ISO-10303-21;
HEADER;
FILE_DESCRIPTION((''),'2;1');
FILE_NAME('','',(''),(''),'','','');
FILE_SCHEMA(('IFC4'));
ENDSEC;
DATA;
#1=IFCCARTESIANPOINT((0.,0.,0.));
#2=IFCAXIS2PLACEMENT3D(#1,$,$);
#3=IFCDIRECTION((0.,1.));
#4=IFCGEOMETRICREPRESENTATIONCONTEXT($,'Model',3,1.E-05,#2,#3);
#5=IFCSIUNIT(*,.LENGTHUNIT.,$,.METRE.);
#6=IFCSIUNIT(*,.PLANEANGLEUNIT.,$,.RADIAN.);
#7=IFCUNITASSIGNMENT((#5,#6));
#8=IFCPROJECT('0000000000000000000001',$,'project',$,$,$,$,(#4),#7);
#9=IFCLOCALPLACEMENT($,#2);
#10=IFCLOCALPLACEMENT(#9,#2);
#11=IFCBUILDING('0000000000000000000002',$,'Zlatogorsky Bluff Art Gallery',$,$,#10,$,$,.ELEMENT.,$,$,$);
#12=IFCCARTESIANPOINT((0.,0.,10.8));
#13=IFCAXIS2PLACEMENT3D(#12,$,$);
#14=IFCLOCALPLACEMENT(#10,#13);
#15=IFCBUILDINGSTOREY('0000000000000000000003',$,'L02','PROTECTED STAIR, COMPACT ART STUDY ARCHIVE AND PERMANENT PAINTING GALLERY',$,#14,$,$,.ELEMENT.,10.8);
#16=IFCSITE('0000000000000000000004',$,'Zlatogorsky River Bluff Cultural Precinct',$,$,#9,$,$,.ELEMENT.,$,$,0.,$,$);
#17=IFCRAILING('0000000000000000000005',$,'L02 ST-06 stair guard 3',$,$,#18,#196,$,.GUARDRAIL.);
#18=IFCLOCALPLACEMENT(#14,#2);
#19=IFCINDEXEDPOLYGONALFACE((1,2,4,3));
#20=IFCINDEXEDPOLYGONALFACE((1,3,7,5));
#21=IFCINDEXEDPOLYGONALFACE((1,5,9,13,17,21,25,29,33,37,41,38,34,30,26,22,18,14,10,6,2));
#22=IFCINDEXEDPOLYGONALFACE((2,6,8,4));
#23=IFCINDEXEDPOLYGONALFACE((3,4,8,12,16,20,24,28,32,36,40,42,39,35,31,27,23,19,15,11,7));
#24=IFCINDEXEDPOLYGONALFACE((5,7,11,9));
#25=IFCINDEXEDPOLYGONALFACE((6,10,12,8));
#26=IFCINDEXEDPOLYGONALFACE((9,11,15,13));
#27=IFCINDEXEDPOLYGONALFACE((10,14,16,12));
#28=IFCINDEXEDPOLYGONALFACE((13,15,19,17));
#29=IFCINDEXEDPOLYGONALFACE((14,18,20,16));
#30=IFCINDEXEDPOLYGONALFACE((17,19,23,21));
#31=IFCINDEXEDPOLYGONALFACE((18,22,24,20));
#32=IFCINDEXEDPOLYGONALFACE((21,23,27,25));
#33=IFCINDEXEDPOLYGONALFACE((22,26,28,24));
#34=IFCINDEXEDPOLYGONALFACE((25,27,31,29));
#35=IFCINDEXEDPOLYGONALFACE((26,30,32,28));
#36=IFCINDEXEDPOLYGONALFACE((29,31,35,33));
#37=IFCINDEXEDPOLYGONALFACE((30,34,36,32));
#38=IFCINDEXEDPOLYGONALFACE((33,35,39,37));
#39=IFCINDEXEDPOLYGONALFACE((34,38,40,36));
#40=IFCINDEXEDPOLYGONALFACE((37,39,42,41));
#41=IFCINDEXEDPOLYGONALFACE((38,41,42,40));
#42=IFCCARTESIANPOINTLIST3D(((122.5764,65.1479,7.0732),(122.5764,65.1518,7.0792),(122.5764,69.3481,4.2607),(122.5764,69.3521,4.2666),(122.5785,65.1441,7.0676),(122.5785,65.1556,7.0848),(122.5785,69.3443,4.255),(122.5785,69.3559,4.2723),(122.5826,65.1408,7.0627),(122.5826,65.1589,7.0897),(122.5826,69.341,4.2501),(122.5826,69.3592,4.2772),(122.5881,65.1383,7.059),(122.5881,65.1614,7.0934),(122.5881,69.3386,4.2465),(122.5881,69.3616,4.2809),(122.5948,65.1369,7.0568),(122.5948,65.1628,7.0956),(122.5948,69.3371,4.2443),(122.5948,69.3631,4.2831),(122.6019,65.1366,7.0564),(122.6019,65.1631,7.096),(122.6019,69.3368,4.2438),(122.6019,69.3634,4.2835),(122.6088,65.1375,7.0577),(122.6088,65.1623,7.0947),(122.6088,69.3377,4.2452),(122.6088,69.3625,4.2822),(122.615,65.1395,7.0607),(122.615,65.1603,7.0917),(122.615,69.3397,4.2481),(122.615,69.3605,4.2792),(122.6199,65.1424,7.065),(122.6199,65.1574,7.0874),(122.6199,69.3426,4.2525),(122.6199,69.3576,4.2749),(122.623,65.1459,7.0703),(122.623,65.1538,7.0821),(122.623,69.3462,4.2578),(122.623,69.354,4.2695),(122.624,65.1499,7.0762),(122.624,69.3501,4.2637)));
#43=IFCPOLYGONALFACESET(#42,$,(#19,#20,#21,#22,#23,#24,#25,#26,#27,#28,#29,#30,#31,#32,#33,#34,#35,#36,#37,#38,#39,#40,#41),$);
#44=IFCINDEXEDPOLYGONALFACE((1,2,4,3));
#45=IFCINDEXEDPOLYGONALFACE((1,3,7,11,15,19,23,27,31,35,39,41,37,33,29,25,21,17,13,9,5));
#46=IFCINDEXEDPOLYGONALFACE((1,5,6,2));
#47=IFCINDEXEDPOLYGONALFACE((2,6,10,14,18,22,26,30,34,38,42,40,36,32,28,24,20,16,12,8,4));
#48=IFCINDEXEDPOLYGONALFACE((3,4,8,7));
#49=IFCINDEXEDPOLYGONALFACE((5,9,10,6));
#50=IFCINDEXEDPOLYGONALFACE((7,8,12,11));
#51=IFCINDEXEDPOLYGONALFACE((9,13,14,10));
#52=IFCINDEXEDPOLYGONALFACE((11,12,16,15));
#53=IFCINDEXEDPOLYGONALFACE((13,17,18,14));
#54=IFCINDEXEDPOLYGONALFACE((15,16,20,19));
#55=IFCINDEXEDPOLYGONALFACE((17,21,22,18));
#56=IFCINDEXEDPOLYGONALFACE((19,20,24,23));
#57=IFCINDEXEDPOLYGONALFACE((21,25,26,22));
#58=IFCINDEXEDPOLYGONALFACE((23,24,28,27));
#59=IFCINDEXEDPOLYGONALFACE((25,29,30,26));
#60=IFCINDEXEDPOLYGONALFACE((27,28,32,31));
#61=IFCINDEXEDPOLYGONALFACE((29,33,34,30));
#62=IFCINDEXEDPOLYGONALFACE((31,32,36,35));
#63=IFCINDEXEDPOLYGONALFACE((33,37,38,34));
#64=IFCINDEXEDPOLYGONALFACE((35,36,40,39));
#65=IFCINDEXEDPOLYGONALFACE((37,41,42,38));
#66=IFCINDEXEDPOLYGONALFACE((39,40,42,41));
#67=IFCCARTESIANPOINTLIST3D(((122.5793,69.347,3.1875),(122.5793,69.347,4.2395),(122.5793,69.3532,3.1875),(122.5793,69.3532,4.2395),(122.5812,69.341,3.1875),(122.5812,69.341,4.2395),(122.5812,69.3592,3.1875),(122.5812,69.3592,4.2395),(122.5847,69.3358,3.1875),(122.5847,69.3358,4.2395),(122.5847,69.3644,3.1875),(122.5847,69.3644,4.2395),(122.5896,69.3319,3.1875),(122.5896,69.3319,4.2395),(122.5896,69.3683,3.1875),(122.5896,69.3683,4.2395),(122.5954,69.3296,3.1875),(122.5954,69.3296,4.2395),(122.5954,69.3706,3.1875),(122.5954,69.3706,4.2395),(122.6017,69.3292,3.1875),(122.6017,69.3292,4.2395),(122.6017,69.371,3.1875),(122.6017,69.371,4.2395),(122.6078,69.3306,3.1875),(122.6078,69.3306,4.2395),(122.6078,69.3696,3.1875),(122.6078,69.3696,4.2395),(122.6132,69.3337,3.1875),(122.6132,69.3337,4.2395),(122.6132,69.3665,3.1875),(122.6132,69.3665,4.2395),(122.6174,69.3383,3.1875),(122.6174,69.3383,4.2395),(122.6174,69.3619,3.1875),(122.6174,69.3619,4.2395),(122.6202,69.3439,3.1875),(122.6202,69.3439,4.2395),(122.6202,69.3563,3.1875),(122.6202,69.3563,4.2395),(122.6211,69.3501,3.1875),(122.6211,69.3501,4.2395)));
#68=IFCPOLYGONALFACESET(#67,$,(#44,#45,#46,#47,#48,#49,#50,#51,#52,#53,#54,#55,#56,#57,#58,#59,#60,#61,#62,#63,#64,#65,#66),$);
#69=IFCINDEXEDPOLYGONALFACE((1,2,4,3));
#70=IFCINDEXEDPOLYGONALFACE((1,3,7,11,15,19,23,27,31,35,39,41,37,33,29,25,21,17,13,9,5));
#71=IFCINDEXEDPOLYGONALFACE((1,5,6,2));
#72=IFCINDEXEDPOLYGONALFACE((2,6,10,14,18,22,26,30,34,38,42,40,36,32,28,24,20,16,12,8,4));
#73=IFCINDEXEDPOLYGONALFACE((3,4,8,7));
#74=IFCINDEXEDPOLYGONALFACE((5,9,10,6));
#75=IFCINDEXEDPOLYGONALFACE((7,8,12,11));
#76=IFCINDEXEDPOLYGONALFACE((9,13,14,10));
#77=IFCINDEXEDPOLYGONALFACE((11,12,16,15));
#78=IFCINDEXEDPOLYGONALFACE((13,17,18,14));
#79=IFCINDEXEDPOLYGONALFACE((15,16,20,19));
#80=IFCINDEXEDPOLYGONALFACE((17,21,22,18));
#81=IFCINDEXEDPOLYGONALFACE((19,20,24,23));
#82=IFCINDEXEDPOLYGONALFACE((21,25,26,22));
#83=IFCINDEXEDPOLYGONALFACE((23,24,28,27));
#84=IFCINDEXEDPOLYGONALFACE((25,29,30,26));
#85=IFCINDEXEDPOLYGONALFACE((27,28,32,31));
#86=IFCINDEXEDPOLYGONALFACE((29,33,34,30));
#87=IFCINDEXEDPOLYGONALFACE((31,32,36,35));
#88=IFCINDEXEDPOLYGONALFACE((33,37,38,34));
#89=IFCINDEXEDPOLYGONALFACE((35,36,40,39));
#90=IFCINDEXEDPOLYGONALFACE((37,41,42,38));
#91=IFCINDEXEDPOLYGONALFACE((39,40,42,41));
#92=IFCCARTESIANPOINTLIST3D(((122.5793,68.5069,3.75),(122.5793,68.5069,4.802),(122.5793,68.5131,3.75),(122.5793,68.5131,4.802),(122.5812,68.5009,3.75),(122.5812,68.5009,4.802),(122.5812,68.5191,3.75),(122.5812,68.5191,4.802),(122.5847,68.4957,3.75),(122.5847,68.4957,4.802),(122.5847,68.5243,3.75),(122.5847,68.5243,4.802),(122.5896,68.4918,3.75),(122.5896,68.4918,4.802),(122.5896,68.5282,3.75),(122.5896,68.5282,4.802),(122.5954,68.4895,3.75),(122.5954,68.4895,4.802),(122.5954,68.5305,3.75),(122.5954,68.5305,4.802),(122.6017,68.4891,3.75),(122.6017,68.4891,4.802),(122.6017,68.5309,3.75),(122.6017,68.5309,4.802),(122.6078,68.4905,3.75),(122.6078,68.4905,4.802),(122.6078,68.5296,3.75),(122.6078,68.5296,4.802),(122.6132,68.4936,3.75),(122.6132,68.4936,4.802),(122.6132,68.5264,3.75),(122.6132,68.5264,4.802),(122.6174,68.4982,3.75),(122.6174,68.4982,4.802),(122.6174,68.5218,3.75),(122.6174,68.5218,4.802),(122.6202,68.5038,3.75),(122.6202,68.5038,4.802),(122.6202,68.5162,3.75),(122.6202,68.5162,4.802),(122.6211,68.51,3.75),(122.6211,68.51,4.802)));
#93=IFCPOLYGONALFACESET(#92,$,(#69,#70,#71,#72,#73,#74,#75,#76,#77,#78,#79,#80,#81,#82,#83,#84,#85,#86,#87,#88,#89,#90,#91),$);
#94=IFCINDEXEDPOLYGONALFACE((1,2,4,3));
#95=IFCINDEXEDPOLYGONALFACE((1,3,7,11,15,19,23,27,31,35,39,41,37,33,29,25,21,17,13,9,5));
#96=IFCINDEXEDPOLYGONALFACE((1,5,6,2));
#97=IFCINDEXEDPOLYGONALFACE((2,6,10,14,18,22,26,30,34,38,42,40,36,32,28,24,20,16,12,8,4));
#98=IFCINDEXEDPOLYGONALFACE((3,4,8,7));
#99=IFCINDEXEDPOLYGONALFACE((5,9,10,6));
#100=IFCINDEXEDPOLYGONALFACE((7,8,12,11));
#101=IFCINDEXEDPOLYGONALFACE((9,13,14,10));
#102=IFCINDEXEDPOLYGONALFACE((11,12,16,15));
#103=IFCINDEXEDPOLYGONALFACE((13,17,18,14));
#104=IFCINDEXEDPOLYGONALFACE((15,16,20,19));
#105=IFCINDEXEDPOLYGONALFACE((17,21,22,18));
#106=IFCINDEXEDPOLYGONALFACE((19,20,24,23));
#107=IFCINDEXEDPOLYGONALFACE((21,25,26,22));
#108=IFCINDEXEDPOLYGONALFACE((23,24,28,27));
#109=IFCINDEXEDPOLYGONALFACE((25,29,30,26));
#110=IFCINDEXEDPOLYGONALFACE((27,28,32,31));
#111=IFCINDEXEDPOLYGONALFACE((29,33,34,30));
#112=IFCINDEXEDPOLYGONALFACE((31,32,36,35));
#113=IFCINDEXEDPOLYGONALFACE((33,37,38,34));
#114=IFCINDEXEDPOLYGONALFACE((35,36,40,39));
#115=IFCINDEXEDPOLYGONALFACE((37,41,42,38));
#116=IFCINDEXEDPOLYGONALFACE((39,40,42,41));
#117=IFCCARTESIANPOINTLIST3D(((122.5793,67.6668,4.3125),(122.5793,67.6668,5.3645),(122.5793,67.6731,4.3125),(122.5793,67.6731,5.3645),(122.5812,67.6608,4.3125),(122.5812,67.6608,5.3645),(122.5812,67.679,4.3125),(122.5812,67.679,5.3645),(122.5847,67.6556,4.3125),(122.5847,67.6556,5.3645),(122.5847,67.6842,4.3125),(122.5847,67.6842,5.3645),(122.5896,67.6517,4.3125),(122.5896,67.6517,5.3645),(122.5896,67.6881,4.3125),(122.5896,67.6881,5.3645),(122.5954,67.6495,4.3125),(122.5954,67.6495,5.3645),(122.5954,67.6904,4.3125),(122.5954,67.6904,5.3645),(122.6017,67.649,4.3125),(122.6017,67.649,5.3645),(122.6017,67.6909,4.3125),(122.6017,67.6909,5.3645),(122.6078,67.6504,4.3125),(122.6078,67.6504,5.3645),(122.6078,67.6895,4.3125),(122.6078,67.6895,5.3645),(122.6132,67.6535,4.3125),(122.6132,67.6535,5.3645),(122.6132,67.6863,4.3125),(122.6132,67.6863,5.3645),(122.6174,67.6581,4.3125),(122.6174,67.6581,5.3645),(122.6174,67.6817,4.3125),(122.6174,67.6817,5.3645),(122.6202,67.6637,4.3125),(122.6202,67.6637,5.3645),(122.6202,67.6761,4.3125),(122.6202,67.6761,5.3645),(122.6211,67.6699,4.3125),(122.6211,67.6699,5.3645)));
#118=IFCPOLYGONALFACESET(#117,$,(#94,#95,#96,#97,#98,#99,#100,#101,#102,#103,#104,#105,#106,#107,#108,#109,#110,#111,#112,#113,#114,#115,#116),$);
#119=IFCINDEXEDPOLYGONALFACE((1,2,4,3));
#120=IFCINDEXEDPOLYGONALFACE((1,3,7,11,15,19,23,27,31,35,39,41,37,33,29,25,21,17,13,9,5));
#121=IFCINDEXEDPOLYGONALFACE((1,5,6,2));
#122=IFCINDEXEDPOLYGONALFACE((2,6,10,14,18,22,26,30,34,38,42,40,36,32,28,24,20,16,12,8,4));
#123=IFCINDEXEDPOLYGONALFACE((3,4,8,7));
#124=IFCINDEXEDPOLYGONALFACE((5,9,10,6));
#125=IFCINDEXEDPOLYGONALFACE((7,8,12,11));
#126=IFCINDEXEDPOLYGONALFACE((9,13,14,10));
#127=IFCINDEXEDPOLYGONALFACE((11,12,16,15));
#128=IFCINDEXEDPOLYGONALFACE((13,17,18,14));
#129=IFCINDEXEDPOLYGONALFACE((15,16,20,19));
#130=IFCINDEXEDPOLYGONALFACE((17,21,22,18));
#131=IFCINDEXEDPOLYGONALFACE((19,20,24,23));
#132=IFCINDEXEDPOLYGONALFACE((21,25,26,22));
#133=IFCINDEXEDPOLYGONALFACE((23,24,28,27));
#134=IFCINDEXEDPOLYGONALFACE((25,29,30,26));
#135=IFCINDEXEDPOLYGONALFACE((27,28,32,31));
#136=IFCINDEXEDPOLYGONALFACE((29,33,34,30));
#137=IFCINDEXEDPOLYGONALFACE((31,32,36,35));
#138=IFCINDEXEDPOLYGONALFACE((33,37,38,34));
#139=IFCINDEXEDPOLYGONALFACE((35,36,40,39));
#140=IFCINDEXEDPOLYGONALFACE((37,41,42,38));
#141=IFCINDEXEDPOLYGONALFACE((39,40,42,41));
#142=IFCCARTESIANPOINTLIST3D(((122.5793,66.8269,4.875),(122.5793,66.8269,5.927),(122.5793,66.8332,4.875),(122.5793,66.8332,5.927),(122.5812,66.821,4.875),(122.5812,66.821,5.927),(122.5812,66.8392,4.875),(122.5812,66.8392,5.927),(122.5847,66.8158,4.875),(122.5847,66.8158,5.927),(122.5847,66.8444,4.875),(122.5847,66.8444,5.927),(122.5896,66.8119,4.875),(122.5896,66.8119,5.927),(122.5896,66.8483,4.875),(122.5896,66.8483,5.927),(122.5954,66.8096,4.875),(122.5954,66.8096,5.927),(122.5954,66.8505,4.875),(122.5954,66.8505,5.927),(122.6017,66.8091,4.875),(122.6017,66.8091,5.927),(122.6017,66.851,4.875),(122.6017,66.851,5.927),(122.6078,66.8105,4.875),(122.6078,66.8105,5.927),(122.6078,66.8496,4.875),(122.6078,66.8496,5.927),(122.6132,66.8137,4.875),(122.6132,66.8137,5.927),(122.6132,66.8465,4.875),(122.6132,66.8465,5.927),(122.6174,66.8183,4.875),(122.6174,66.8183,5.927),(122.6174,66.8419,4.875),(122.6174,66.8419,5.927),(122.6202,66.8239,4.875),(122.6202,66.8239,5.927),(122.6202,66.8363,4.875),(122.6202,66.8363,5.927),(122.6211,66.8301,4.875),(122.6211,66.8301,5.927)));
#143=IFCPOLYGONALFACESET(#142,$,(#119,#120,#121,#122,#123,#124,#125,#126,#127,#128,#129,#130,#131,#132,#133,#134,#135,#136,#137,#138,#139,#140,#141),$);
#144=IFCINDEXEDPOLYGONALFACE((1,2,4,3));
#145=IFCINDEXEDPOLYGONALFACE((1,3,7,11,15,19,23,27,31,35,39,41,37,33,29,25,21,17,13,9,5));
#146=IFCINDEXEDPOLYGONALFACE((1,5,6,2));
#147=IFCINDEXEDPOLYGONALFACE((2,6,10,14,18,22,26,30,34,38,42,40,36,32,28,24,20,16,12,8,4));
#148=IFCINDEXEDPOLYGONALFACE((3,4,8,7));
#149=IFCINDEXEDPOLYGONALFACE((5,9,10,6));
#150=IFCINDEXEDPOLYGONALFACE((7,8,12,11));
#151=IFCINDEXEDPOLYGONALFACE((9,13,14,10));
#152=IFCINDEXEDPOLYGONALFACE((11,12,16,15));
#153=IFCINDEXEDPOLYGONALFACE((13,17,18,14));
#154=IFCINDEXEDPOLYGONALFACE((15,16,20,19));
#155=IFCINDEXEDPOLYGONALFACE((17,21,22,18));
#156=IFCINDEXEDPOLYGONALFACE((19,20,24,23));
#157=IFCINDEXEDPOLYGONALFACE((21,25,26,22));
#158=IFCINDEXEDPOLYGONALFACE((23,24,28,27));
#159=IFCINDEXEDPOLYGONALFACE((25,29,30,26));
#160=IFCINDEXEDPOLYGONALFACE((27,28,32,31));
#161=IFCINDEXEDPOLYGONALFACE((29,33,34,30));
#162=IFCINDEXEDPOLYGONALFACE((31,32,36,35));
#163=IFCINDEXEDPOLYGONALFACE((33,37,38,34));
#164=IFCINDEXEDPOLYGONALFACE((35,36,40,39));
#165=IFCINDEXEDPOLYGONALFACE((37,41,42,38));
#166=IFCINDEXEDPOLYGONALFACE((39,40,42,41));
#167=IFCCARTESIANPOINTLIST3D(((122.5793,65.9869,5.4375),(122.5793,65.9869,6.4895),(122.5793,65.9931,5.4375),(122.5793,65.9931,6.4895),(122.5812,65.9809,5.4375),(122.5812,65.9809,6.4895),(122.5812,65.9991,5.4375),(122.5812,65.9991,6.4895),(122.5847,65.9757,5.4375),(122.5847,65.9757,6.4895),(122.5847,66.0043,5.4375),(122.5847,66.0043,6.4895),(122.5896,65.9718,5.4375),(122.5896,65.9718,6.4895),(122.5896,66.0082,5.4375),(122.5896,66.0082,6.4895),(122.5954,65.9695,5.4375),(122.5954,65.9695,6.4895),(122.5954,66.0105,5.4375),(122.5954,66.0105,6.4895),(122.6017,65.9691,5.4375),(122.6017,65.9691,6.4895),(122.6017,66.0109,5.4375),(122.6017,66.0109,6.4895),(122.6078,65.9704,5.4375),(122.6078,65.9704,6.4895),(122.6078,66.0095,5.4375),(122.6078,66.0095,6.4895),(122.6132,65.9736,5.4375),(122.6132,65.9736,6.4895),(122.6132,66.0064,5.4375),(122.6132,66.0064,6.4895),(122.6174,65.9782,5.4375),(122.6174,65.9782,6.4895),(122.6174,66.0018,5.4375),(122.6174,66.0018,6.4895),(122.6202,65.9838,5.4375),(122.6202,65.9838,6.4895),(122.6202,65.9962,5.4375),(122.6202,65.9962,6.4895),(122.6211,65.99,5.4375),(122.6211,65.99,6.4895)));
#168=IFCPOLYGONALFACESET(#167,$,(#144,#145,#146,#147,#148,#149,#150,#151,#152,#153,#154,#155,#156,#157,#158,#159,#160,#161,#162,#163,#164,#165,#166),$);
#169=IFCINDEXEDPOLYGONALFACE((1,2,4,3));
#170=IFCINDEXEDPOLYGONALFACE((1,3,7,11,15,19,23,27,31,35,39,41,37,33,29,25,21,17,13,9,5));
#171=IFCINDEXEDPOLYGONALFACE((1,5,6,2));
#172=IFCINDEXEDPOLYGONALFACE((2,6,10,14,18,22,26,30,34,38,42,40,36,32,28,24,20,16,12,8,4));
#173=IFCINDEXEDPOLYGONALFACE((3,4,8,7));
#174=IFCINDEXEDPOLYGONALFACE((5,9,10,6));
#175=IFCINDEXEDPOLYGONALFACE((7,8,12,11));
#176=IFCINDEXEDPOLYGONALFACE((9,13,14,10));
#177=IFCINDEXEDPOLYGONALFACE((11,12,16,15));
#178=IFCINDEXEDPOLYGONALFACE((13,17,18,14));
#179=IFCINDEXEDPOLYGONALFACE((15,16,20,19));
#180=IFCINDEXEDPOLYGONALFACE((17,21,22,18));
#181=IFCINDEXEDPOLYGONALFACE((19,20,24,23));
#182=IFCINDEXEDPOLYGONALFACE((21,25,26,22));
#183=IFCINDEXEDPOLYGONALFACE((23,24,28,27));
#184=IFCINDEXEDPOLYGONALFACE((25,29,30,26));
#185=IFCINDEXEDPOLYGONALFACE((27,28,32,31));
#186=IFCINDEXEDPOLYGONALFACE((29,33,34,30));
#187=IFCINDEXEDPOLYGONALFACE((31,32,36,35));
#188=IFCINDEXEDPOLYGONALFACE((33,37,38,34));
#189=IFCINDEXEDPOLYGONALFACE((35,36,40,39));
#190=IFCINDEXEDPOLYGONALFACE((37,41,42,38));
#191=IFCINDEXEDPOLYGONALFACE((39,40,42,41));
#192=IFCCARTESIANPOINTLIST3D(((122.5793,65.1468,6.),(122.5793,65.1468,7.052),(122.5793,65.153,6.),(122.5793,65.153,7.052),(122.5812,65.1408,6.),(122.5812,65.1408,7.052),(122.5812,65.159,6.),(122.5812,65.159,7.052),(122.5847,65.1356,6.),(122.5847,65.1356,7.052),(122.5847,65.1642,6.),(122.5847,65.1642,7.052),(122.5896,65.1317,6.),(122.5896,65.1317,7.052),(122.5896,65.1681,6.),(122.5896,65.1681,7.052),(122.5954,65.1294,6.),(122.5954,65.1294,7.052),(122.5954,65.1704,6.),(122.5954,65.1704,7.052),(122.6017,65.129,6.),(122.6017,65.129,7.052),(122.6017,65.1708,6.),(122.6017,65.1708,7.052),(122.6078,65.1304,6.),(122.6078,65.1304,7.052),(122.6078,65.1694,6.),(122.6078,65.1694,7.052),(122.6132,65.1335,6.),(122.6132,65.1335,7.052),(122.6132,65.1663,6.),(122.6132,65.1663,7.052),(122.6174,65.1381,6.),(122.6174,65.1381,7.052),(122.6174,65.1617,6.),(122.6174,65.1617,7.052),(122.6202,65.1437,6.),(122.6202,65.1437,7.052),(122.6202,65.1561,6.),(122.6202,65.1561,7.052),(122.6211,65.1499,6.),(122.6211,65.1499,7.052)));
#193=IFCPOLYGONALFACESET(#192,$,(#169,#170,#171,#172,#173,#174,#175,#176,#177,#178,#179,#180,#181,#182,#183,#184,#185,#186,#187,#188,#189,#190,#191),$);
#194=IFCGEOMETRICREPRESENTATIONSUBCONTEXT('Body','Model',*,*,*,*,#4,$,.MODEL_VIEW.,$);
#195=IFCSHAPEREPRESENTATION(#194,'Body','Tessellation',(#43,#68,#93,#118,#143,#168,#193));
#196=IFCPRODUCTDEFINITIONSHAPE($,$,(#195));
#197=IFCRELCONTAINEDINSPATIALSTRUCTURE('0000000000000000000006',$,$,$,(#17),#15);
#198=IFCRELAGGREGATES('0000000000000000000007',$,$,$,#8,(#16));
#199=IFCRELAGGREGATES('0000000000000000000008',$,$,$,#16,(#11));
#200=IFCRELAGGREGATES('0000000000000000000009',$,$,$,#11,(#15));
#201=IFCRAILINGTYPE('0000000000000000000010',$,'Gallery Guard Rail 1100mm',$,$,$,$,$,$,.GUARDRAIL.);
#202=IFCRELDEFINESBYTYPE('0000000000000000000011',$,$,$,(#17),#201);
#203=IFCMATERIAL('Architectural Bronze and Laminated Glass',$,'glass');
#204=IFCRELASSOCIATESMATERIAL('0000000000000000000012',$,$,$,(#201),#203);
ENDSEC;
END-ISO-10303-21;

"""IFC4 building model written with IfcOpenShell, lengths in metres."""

from ifc_helpers import new_model, si_unit, direction, frame, origin, origin_2d, place, context, subcontext, project, spatial, circle, extrude, material, type_object, element, save


model = new_model("IFC4")

# Units and contexts
model_context = context("Model", 3, precision=1e-05, world=origin(), true_north=direction((0.0, 1.0)))
body_context = subcontext(model_context, "Body", "Model", "MODEL_VIEW")
ifc_project = project(units=[si_unit("LENGTHUNIT", "METRE"), si_unit("PLANEANGLEUNIT", "RADIAN")], contexts=[model_context])

# Site, building, storey
site_placement = place(None, origin())
site = spatial("IfcSite", under=ifc_project, at=site_placement, Name="Zlatogorsky River Bluff Cultural Precinct", CompositionType="ELEMENT", RefElevation=0.0)
building_placement = place(site_placement, origin())
building = spatial("IfcBuilding", under=site, at=building_placement, Name="Zlatogorsky Bluff Art Gallery", CompositionType="ELEMENT")
storey_placement = place(building_placement, frame((0.0, 0.0, 10.8)))
storey = spatial("IfcBuildingStorey", under=building, at=storey_placement, Name="L02", Description="PROTECTED STAIR, COMPACT ART STUDY ARCHIVE AND PERMANENT PAINTING GALLERY", CompositionType="ELEMENT", Elevation=10.8)

# Railing
ifc_material_1 = material(Name="Architectural Bronze and Laminated Glass", Category="glass")
railing_type_1 = type_object("IfcRailingType", Name="Gallery Guard Rail 1100mm", PredefinedType="GUARDRAIL", material=ifc_material_1)
railing_1_placement = place(storey_placement, frame((122.6001, 69.3501, 3.1875)))
element("IfcRailing", 1, at=railing_1_placement, inside=storey, type_object=railing_type_1, Name="L02 ST-06 stair guard 3", PredefinedType="GUARDRAIL", context=body_context, shape_type="SweptSolid", body=[
    extrude(circle(Radius=0.0239, at=origin_2d()), frame((0.0, 0.0, 1.0762), z_axis=(0.0, -0.830919, 0.556393), x_axis=(1.0, 0.0, 0.0)), (0.0, 0.0, 1.0), 5.0549),
    extrude(circle(Radius=0.021, at=origin_2d()), origin(), (0.0, 0.0, 1.0), 1.052),
    extrude(circle(Radius=0.021, at=origin_2d()), frame((0.0, -0.8401, 0.5625)), (0.0, 0.0, 1.0), 1.052),
    extrude(circle(Radius=0.021, at=origin_2d()), frame((0.0, -1.6802, 1.125)), (0.0, 0.0, 1.0), 1.052),
    extrude(circle(Radius=0.021, at=origin_2d()), frame((0.0, -2.52, 1.6875)), (0.0, 0.0, 1.0), 1.052),
    extrude(circle(Radius=0.021, at=origin_2d()), frame((0.0, -3.3601, 2.25)), (0.0, 0.0, 1.0), 1.052),
    extrude(circle(Radius=0.021, at=origin_2d()), frame((0.0, -4.2002, 2.8125)), (0.0, 0.0, 1.0), 1.052),
])

save(model, "model.ifc")
